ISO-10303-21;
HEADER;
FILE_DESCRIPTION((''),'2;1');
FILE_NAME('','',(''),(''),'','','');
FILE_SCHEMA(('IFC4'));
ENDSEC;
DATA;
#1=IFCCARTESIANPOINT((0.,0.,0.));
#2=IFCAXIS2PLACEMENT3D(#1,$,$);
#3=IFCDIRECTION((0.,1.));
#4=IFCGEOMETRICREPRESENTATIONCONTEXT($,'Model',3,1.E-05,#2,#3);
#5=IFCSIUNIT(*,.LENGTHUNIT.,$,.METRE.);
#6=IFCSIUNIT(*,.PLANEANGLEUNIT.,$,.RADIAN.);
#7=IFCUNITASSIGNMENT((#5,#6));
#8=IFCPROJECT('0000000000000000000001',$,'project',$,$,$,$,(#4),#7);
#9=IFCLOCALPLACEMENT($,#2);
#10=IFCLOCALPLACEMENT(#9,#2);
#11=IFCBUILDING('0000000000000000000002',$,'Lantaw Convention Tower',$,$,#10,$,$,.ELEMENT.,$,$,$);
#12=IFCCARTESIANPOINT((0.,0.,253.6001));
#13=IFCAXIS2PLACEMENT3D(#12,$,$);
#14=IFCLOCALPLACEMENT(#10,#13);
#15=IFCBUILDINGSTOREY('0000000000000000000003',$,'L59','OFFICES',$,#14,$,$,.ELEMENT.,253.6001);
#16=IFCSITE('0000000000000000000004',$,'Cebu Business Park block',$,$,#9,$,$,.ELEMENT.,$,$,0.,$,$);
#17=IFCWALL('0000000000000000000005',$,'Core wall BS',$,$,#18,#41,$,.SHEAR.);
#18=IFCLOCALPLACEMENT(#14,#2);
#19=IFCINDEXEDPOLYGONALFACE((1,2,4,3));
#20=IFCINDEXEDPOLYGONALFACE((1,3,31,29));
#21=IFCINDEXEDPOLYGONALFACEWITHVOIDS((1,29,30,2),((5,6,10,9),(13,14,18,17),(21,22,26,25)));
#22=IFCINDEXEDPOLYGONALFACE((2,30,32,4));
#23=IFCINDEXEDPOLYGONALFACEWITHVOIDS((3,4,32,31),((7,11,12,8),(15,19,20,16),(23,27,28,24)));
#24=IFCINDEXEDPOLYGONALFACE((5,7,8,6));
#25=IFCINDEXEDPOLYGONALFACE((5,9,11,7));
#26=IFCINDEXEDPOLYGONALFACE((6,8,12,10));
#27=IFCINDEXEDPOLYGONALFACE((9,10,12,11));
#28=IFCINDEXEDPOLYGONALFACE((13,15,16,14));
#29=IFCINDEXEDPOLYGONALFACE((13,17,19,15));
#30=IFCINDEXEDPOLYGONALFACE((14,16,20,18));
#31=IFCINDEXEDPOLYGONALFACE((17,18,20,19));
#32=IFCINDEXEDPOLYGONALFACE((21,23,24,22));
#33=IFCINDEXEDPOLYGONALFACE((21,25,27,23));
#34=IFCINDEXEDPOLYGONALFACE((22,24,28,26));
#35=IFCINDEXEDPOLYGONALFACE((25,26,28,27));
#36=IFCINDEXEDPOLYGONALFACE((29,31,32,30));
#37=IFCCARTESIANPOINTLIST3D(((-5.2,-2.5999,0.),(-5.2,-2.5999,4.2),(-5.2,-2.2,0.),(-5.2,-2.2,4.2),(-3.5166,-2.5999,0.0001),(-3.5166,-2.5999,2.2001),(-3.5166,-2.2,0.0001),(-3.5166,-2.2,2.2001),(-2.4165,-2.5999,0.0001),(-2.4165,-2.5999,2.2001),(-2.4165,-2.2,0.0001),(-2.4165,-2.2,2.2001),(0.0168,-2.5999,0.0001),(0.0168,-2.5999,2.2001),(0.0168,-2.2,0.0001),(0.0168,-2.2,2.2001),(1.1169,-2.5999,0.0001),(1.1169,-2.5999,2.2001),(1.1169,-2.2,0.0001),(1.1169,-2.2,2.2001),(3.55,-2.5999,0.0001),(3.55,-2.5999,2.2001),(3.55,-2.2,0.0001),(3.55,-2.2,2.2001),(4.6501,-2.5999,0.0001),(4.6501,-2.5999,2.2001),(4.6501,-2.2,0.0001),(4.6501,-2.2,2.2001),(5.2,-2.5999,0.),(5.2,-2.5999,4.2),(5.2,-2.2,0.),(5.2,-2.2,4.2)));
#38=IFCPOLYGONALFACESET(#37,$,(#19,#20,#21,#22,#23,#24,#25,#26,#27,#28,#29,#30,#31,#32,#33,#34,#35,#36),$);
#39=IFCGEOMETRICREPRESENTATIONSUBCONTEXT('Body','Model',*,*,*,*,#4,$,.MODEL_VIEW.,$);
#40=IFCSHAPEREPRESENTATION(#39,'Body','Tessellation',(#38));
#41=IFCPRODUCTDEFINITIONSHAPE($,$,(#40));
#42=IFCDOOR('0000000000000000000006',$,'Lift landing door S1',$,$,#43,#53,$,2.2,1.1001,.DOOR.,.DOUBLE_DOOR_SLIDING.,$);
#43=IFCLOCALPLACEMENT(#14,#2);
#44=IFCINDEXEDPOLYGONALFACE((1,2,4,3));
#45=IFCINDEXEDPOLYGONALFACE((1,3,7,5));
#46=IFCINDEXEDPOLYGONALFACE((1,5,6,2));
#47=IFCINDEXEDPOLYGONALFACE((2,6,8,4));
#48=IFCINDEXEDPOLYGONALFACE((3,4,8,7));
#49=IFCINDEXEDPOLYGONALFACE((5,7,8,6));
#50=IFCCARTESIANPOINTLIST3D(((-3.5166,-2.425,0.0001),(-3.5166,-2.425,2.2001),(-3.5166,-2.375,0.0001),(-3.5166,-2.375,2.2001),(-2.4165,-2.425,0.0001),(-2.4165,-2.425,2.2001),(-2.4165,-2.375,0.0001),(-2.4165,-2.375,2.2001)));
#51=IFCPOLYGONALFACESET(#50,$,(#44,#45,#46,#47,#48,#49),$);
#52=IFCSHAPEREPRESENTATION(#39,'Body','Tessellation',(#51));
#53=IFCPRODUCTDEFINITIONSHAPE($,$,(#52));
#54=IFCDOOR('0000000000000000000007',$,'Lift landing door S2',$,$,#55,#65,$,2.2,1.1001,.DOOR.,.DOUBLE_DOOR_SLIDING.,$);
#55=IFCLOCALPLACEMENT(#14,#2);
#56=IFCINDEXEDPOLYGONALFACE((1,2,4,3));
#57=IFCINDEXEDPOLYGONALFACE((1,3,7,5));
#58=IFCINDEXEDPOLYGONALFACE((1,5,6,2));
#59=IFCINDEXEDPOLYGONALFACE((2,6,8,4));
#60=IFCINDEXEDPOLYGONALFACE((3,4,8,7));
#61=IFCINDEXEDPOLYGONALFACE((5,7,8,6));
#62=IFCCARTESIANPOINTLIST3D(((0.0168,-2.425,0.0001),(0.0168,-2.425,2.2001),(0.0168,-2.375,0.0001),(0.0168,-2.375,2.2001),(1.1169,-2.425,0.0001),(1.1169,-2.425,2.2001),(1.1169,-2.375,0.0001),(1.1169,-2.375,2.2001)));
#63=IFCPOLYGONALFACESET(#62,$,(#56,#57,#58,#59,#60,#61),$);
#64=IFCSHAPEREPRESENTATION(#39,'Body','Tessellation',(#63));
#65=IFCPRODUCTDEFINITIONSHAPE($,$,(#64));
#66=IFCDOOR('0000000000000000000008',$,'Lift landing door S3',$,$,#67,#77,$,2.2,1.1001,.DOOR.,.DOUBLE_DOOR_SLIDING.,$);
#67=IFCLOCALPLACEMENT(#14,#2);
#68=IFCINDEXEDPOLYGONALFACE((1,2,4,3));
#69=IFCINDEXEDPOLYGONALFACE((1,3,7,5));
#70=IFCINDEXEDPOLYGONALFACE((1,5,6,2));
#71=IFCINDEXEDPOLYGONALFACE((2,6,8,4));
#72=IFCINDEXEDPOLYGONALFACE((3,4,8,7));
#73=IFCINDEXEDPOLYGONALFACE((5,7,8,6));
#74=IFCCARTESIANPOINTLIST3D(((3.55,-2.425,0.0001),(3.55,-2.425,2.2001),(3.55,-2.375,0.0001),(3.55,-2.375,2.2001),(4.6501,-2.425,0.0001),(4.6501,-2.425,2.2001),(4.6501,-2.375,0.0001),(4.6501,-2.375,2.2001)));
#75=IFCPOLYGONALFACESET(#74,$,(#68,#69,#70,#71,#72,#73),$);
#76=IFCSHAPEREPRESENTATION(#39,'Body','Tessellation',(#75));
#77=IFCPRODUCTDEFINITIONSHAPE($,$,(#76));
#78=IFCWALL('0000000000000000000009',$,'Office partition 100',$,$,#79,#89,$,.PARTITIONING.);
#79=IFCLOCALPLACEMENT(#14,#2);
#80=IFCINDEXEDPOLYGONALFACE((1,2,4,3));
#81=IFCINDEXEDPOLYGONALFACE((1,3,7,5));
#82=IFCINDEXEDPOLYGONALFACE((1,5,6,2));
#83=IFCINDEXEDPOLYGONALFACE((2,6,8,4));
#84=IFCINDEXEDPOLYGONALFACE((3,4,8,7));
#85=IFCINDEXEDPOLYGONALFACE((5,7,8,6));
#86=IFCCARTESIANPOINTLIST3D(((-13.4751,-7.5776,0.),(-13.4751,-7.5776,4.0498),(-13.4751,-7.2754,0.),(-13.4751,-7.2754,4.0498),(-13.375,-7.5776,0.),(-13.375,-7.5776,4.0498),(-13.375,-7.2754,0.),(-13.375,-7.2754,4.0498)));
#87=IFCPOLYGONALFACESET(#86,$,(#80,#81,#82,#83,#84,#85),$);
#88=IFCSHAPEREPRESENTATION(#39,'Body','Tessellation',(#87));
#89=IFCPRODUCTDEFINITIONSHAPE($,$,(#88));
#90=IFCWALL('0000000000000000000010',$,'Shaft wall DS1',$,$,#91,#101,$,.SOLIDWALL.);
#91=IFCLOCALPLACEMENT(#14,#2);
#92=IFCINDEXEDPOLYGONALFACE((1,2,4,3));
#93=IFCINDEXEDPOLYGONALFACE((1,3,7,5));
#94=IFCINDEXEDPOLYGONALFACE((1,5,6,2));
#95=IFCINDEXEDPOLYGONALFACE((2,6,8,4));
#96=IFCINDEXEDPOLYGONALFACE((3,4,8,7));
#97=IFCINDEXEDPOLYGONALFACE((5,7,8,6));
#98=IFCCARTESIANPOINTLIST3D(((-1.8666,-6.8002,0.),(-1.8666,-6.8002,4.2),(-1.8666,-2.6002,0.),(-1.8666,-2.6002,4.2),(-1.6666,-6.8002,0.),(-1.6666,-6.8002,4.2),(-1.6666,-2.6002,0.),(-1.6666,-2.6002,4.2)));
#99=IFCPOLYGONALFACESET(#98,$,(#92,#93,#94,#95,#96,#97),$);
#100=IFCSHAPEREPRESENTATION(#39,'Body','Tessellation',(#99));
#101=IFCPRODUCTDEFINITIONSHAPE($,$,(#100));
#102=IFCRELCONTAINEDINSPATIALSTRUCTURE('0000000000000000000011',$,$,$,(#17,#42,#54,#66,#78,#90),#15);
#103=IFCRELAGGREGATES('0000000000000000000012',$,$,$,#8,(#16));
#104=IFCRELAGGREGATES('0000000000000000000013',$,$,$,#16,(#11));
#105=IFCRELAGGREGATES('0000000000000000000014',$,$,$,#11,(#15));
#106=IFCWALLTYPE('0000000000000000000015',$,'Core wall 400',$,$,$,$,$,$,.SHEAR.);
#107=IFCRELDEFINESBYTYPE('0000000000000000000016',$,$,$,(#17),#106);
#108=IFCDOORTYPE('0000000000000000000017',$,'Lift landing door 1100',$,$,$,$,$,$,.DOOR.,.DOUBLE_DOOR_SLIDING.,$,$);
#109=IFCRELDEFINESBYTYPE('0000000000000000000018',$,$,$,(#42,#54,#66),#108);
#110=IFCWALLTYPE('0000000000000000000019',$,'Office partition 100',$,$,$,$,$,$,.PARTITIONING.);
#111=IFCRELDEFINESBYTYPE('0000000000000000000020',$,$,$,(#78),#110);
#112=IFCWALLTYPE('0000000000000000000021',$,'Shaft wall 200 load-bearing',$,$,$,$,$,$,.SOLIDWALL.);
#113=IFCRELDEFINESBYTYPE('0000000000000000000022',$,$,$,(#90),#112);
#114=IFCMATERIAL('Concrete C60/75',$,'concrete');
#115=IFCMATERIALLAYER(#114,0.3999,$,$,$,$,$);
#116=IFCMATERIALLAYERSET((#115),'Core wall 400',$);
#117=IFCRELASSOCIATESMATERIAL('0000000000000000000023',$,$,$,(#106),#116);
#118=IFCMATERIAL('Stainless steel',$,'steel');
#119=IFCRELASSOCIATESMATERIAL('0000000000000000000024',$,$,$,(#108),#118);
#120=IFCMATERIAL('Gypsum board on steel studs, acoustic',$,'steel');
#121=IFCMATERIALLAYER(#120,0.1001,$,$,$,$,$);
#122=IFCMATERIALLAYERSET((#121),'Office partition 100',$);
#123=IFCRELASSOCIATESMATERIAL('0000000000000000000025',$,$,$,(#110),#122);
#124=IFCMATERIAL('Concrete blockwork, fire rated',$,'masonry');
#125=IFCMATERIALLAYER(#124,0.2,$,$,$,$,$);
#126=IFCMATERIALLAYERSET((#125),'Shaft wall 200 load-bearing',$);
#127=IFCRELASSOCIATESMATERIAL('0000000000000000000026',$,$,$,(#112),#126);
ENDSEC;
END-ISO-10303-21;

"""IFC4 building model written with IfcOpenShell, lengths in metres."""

from ifc_helpers import new_model, si_unit, direction, frame, frame_2d, origin, place, context, subcontext, project, spatial, rectangle, extrude, material, layer, layer_set, type_object, element, fill, save


model = new_model("IFC4")

# Units and contexts
model_context = context("Model", 3, precision=1e-05, world=origin(), true_north=direction((0.0, 1.0)))
body_context = subcontext(model_context, "Body", "Model", "MODEL_VIEW")
ifc_project = project(units=[si_unit("LENGTHUNIT", "METRE"), si_unit("PLANEANGLEUNIT", "RADIAN")], contexts=[model_context])

# Site, building, storey
site_placement = place(None, origin())
site = spatial("IfcSite", under=ifc_project, at=site_placement, Name="Cebu Business Park block", CompositionType="ELEMENT", RefElevation=0.0)
building_placement = place(site_placement, origin())
building = spatial("IfcBuilding", under=site, at=building_placement, Name="Lantaw Convention Tower", CompositionType="ELEMENT")
storey_placement = place(building_placement, frame((0.0, 0.0, 253.6001)))
storey = spatial("IfcBuildingStorey", under=building, at=storey_placement, Name="L59", Description="OFFICES", CompositionType="ELEMENT", Elevation=253.6001)

# Shared definitions
ifc_material_1 = material(Name="Concrete C60/75", Category="concrete")

# Wall, openings, doors
ifc_layer_1 = layer(ifc_material_1, 0.3999)
ifc_layer_set_1 = layer_set([ifc_layer_1], Name="Core wall 400")
wall_type_1 = type_object("IfcWallType", Name="Core wall 400", PredefinedType="SHEAR", material=ifc_layer_set_1)
wall_1_placement = place(storey_placement, frame((-5.2, -2.3999, 0.0), z_axis=(0.0, 0.0, 1.0), x_axis=(1.0, 0.0, 0.0)))
wall_1 = element("IfcWall", 1, at=wall_1_placement, inside=storey, type_object=wall_type_1, Name="Core wall BS", PredefinedType="SHEAR", context=body_context, shape_type="SweptSolid", body=[
    extrude(rectangle(XDim=10.3999, YDim=0.3999, at=frame_2d((5.2, 0.0))), origin(), (0.0, 0.0, 1.0), 4.2),
])
opening_1_placement = place(wall_1_placement, frame((1.6833, 0.0, 0.0)))
opening_1 = element("IfcOpeningElement", 2, at=opening_1_placement, cuts=wall_1, PredefinedType="OPENING", context=body_context, shape_type="SweptSolid", body=[
    extrude(rectangle(XDim=1.1001, YDim=2.2, at=frame_2d((0.55, 1.1001))), frame((0.0, 0.21, 0.0), z_axis=(0.0, -1.0, 0.0), x_axis=(1.0, 0.0, 0.0)), (0.0, 0.0, 1.0), 0.4199),
])
opening_2_placement = place(wall_1_placement, frame((5.2168, 0.0, 0.0)))
opening_2 = element("IfcOpeningElement", 3, at=opening_2_placement, cuts=wall_1, PredefinedType="OPENING", context=body_context, shape_type="SweptSolid", body=[
    extrude(rectangle(XDim=1.1001, YDim=2.2, at=frame_2d((0.55, 1.1001))), frame((0.0, 0.21, 0.0), z_axis=(0.0, -1.0, 0.0), x_axis=(1.0, 0.0, 0.0)), (0.0, 0.0, 1.0), 0.4199),
])
opening_3_placement = place(wall_1_placement, frame((8.75, 0.0, 0.0)))
opening_3 = element("IfcOpeningElement", 4, at=opening_3_placement, cuts=wall_1, PredefinedType="OPENING", context=body_context, shape_type="SweptSolid", body=[
    extrude(rectangle(XDim=1.1001, YDim=2.2, at=frame_2d((0.55, 1.1001))), frame((0.0, 0.21, 0.0), z_axis=(0.0, -1.0, 0.0), x_axis=(1.0, 0.0, 0.0)), (0.0, 0.0, 1.0), 0.4199),
])
ifc_material_2 = material(Name="Stainless steel", Category="steel")
door_type_1 = type_object("IfcDoorType", Name="Lift landing door 1100", OperationType="DOUBLE_DOOR_SLIDING", PredefinedType="DOOR", material=ifc_material_2)
door_1_placement = place(opening_1_placement, origin())
door_1 = element("IfcDoor", 5, at=door_1_placement, inside=storey, type_object=door_type_1, Name="Lift landing door S1", OperationType="DOUBLE_DOOR_SLIDING", OverallHeight=2.2, OverallWidth=1.1001, PredefinedType="DOOR", context=body_context, shape_type="SweptSolid", body=[
    extrude(rectangle(XDim=1.1001, YDim=2.2, at=frame_2d((0.55, 1.1001))), frame((0.0, 0.0249, 0.0), z_axis=(0.0, -1.0, 0.0), x_axis=(1.0, 0.0, 0.0)), (0.0, 0.0, 1.0), 0.05),
])
fill(opening_1, door_1)
door_2_placement = place(opening_2_placement, origin())
door_2 = element("IfcDoor", 6, at=door_2_placement, inside=storey, type_object=door_type_1, Name="Lift landing door S2", OperationType="DOUBLE_DOOR_SLIDING", OverallHeight=2.2, OverallWidth=1.1001, PredefinedType="DOOR", context=body_context, shape_type="SweptSolid", body=[
    extrude(rectangle(XDim=1.1001, YDim=2.2, at=frame_2d((0.55, 1.1001))), frame((0.0, 0.0249, 0.0), z_axis=(0.0, -1.0, 0.0), x_axis=(1.0, 0.0, 0.0)), (0.0, 0.0, 1.0), 0.05),
])
fill(opening_2, door_2)
door_3_placement = place(opening_3_placement, origin())
door_3 = element("IfcDoor", 7, at=door_3_placement, inside=storey, type_object=door_type_1, Name="Lift landing door S3", OperationType="DOUBLE_DOOR_SLIDING", OverallHeight=2.2, OverallWidth=1.1001, PredefinedType="DOOR", context=body_context, shape_type="SweptSolid", body=[
    extrude(rectangle(XDim=1.1001, YDim=2.2, at=frame_2d((0.55, 1.1001))), frame((0.0, 0.0249, 0.0), z_axis=(0.0, -1.0, 0.0), x_axis=(1.0, 0.0, 0.0)), (0.0, 0.0, 1.0), 0.05),
])
fill(opening_3, door_3)

# Walls
ifc_material_3 = material(Name="Gypsum board on steel studs, acoustic", Category="steel")
ifc_layer_2 = layer(ifc_material_3, 0.1001)
ifc_layer_set_2 = layer_set([ifc_layer_2], Name="Office partition 100")
wall_type_2 = type_object("IfcWallType", Name="Office partition 100", PredefinedType="PARTITIONING", material=ifc_layer_set_2)
wall_2_placement = place(storey_placement, frame((-13.425, -7.2754, 0.0), z_axis=(0.0, 0.0, 1.0), x_axis=(0.0, -1.0, 0.0)))
element("IfcWall", 8, at=wall_2_placement, inside=storey, type_object=wall_type_2, Name="Office partition 100", PredefinedType="PARTITIONING", context=body_context, shape_type="SweptSolid", body=[
    extrude(rectangle(XDim=0.3022, YDim=0.1001, at=frame_2d((0.1511, 0.0))), origin(), (0.0, 0.0, 1.0), 4.0498),
])
ifc_material_4 = material(Name="Concrete blockwork, fire rated", Category="masonry")
ifc_layer_3 = layer(ifc_material_4, 0.2)
ifc_layer_set_3 = layer_set([ifc_layer_3], Name="Shaft wall 200 load-bearing")
wall_type_3 = type_object("IfcWallType", Name="Shaft wall 200 load-bearing", PredefinedType="SOLIDWALL", material=ifc_layer_set_3)
wall_3_placement = place(storey_placement, frame((-1.7666, -2.6001, 0.0), z_axis=(0.0, 0.0, 1.0), x_axis=(0.0, -1.0, 0.0)))
element("IfcWall", 9, at=wall_3_placement, inside=storey, type_object=wall_type_3, Name="Shaft wall DS1", PredefinedType="SOLIDWALL", context=body_context, shape_type="SweptSolid", body=[
    extrude(rectangle(XDim=4.2, YDim=0.2, at=frame_2d((2.1001, 0.0))), origin(), (0.0, 0.0, 1.0), 4.2),
])

save(model, "model.ifc")
